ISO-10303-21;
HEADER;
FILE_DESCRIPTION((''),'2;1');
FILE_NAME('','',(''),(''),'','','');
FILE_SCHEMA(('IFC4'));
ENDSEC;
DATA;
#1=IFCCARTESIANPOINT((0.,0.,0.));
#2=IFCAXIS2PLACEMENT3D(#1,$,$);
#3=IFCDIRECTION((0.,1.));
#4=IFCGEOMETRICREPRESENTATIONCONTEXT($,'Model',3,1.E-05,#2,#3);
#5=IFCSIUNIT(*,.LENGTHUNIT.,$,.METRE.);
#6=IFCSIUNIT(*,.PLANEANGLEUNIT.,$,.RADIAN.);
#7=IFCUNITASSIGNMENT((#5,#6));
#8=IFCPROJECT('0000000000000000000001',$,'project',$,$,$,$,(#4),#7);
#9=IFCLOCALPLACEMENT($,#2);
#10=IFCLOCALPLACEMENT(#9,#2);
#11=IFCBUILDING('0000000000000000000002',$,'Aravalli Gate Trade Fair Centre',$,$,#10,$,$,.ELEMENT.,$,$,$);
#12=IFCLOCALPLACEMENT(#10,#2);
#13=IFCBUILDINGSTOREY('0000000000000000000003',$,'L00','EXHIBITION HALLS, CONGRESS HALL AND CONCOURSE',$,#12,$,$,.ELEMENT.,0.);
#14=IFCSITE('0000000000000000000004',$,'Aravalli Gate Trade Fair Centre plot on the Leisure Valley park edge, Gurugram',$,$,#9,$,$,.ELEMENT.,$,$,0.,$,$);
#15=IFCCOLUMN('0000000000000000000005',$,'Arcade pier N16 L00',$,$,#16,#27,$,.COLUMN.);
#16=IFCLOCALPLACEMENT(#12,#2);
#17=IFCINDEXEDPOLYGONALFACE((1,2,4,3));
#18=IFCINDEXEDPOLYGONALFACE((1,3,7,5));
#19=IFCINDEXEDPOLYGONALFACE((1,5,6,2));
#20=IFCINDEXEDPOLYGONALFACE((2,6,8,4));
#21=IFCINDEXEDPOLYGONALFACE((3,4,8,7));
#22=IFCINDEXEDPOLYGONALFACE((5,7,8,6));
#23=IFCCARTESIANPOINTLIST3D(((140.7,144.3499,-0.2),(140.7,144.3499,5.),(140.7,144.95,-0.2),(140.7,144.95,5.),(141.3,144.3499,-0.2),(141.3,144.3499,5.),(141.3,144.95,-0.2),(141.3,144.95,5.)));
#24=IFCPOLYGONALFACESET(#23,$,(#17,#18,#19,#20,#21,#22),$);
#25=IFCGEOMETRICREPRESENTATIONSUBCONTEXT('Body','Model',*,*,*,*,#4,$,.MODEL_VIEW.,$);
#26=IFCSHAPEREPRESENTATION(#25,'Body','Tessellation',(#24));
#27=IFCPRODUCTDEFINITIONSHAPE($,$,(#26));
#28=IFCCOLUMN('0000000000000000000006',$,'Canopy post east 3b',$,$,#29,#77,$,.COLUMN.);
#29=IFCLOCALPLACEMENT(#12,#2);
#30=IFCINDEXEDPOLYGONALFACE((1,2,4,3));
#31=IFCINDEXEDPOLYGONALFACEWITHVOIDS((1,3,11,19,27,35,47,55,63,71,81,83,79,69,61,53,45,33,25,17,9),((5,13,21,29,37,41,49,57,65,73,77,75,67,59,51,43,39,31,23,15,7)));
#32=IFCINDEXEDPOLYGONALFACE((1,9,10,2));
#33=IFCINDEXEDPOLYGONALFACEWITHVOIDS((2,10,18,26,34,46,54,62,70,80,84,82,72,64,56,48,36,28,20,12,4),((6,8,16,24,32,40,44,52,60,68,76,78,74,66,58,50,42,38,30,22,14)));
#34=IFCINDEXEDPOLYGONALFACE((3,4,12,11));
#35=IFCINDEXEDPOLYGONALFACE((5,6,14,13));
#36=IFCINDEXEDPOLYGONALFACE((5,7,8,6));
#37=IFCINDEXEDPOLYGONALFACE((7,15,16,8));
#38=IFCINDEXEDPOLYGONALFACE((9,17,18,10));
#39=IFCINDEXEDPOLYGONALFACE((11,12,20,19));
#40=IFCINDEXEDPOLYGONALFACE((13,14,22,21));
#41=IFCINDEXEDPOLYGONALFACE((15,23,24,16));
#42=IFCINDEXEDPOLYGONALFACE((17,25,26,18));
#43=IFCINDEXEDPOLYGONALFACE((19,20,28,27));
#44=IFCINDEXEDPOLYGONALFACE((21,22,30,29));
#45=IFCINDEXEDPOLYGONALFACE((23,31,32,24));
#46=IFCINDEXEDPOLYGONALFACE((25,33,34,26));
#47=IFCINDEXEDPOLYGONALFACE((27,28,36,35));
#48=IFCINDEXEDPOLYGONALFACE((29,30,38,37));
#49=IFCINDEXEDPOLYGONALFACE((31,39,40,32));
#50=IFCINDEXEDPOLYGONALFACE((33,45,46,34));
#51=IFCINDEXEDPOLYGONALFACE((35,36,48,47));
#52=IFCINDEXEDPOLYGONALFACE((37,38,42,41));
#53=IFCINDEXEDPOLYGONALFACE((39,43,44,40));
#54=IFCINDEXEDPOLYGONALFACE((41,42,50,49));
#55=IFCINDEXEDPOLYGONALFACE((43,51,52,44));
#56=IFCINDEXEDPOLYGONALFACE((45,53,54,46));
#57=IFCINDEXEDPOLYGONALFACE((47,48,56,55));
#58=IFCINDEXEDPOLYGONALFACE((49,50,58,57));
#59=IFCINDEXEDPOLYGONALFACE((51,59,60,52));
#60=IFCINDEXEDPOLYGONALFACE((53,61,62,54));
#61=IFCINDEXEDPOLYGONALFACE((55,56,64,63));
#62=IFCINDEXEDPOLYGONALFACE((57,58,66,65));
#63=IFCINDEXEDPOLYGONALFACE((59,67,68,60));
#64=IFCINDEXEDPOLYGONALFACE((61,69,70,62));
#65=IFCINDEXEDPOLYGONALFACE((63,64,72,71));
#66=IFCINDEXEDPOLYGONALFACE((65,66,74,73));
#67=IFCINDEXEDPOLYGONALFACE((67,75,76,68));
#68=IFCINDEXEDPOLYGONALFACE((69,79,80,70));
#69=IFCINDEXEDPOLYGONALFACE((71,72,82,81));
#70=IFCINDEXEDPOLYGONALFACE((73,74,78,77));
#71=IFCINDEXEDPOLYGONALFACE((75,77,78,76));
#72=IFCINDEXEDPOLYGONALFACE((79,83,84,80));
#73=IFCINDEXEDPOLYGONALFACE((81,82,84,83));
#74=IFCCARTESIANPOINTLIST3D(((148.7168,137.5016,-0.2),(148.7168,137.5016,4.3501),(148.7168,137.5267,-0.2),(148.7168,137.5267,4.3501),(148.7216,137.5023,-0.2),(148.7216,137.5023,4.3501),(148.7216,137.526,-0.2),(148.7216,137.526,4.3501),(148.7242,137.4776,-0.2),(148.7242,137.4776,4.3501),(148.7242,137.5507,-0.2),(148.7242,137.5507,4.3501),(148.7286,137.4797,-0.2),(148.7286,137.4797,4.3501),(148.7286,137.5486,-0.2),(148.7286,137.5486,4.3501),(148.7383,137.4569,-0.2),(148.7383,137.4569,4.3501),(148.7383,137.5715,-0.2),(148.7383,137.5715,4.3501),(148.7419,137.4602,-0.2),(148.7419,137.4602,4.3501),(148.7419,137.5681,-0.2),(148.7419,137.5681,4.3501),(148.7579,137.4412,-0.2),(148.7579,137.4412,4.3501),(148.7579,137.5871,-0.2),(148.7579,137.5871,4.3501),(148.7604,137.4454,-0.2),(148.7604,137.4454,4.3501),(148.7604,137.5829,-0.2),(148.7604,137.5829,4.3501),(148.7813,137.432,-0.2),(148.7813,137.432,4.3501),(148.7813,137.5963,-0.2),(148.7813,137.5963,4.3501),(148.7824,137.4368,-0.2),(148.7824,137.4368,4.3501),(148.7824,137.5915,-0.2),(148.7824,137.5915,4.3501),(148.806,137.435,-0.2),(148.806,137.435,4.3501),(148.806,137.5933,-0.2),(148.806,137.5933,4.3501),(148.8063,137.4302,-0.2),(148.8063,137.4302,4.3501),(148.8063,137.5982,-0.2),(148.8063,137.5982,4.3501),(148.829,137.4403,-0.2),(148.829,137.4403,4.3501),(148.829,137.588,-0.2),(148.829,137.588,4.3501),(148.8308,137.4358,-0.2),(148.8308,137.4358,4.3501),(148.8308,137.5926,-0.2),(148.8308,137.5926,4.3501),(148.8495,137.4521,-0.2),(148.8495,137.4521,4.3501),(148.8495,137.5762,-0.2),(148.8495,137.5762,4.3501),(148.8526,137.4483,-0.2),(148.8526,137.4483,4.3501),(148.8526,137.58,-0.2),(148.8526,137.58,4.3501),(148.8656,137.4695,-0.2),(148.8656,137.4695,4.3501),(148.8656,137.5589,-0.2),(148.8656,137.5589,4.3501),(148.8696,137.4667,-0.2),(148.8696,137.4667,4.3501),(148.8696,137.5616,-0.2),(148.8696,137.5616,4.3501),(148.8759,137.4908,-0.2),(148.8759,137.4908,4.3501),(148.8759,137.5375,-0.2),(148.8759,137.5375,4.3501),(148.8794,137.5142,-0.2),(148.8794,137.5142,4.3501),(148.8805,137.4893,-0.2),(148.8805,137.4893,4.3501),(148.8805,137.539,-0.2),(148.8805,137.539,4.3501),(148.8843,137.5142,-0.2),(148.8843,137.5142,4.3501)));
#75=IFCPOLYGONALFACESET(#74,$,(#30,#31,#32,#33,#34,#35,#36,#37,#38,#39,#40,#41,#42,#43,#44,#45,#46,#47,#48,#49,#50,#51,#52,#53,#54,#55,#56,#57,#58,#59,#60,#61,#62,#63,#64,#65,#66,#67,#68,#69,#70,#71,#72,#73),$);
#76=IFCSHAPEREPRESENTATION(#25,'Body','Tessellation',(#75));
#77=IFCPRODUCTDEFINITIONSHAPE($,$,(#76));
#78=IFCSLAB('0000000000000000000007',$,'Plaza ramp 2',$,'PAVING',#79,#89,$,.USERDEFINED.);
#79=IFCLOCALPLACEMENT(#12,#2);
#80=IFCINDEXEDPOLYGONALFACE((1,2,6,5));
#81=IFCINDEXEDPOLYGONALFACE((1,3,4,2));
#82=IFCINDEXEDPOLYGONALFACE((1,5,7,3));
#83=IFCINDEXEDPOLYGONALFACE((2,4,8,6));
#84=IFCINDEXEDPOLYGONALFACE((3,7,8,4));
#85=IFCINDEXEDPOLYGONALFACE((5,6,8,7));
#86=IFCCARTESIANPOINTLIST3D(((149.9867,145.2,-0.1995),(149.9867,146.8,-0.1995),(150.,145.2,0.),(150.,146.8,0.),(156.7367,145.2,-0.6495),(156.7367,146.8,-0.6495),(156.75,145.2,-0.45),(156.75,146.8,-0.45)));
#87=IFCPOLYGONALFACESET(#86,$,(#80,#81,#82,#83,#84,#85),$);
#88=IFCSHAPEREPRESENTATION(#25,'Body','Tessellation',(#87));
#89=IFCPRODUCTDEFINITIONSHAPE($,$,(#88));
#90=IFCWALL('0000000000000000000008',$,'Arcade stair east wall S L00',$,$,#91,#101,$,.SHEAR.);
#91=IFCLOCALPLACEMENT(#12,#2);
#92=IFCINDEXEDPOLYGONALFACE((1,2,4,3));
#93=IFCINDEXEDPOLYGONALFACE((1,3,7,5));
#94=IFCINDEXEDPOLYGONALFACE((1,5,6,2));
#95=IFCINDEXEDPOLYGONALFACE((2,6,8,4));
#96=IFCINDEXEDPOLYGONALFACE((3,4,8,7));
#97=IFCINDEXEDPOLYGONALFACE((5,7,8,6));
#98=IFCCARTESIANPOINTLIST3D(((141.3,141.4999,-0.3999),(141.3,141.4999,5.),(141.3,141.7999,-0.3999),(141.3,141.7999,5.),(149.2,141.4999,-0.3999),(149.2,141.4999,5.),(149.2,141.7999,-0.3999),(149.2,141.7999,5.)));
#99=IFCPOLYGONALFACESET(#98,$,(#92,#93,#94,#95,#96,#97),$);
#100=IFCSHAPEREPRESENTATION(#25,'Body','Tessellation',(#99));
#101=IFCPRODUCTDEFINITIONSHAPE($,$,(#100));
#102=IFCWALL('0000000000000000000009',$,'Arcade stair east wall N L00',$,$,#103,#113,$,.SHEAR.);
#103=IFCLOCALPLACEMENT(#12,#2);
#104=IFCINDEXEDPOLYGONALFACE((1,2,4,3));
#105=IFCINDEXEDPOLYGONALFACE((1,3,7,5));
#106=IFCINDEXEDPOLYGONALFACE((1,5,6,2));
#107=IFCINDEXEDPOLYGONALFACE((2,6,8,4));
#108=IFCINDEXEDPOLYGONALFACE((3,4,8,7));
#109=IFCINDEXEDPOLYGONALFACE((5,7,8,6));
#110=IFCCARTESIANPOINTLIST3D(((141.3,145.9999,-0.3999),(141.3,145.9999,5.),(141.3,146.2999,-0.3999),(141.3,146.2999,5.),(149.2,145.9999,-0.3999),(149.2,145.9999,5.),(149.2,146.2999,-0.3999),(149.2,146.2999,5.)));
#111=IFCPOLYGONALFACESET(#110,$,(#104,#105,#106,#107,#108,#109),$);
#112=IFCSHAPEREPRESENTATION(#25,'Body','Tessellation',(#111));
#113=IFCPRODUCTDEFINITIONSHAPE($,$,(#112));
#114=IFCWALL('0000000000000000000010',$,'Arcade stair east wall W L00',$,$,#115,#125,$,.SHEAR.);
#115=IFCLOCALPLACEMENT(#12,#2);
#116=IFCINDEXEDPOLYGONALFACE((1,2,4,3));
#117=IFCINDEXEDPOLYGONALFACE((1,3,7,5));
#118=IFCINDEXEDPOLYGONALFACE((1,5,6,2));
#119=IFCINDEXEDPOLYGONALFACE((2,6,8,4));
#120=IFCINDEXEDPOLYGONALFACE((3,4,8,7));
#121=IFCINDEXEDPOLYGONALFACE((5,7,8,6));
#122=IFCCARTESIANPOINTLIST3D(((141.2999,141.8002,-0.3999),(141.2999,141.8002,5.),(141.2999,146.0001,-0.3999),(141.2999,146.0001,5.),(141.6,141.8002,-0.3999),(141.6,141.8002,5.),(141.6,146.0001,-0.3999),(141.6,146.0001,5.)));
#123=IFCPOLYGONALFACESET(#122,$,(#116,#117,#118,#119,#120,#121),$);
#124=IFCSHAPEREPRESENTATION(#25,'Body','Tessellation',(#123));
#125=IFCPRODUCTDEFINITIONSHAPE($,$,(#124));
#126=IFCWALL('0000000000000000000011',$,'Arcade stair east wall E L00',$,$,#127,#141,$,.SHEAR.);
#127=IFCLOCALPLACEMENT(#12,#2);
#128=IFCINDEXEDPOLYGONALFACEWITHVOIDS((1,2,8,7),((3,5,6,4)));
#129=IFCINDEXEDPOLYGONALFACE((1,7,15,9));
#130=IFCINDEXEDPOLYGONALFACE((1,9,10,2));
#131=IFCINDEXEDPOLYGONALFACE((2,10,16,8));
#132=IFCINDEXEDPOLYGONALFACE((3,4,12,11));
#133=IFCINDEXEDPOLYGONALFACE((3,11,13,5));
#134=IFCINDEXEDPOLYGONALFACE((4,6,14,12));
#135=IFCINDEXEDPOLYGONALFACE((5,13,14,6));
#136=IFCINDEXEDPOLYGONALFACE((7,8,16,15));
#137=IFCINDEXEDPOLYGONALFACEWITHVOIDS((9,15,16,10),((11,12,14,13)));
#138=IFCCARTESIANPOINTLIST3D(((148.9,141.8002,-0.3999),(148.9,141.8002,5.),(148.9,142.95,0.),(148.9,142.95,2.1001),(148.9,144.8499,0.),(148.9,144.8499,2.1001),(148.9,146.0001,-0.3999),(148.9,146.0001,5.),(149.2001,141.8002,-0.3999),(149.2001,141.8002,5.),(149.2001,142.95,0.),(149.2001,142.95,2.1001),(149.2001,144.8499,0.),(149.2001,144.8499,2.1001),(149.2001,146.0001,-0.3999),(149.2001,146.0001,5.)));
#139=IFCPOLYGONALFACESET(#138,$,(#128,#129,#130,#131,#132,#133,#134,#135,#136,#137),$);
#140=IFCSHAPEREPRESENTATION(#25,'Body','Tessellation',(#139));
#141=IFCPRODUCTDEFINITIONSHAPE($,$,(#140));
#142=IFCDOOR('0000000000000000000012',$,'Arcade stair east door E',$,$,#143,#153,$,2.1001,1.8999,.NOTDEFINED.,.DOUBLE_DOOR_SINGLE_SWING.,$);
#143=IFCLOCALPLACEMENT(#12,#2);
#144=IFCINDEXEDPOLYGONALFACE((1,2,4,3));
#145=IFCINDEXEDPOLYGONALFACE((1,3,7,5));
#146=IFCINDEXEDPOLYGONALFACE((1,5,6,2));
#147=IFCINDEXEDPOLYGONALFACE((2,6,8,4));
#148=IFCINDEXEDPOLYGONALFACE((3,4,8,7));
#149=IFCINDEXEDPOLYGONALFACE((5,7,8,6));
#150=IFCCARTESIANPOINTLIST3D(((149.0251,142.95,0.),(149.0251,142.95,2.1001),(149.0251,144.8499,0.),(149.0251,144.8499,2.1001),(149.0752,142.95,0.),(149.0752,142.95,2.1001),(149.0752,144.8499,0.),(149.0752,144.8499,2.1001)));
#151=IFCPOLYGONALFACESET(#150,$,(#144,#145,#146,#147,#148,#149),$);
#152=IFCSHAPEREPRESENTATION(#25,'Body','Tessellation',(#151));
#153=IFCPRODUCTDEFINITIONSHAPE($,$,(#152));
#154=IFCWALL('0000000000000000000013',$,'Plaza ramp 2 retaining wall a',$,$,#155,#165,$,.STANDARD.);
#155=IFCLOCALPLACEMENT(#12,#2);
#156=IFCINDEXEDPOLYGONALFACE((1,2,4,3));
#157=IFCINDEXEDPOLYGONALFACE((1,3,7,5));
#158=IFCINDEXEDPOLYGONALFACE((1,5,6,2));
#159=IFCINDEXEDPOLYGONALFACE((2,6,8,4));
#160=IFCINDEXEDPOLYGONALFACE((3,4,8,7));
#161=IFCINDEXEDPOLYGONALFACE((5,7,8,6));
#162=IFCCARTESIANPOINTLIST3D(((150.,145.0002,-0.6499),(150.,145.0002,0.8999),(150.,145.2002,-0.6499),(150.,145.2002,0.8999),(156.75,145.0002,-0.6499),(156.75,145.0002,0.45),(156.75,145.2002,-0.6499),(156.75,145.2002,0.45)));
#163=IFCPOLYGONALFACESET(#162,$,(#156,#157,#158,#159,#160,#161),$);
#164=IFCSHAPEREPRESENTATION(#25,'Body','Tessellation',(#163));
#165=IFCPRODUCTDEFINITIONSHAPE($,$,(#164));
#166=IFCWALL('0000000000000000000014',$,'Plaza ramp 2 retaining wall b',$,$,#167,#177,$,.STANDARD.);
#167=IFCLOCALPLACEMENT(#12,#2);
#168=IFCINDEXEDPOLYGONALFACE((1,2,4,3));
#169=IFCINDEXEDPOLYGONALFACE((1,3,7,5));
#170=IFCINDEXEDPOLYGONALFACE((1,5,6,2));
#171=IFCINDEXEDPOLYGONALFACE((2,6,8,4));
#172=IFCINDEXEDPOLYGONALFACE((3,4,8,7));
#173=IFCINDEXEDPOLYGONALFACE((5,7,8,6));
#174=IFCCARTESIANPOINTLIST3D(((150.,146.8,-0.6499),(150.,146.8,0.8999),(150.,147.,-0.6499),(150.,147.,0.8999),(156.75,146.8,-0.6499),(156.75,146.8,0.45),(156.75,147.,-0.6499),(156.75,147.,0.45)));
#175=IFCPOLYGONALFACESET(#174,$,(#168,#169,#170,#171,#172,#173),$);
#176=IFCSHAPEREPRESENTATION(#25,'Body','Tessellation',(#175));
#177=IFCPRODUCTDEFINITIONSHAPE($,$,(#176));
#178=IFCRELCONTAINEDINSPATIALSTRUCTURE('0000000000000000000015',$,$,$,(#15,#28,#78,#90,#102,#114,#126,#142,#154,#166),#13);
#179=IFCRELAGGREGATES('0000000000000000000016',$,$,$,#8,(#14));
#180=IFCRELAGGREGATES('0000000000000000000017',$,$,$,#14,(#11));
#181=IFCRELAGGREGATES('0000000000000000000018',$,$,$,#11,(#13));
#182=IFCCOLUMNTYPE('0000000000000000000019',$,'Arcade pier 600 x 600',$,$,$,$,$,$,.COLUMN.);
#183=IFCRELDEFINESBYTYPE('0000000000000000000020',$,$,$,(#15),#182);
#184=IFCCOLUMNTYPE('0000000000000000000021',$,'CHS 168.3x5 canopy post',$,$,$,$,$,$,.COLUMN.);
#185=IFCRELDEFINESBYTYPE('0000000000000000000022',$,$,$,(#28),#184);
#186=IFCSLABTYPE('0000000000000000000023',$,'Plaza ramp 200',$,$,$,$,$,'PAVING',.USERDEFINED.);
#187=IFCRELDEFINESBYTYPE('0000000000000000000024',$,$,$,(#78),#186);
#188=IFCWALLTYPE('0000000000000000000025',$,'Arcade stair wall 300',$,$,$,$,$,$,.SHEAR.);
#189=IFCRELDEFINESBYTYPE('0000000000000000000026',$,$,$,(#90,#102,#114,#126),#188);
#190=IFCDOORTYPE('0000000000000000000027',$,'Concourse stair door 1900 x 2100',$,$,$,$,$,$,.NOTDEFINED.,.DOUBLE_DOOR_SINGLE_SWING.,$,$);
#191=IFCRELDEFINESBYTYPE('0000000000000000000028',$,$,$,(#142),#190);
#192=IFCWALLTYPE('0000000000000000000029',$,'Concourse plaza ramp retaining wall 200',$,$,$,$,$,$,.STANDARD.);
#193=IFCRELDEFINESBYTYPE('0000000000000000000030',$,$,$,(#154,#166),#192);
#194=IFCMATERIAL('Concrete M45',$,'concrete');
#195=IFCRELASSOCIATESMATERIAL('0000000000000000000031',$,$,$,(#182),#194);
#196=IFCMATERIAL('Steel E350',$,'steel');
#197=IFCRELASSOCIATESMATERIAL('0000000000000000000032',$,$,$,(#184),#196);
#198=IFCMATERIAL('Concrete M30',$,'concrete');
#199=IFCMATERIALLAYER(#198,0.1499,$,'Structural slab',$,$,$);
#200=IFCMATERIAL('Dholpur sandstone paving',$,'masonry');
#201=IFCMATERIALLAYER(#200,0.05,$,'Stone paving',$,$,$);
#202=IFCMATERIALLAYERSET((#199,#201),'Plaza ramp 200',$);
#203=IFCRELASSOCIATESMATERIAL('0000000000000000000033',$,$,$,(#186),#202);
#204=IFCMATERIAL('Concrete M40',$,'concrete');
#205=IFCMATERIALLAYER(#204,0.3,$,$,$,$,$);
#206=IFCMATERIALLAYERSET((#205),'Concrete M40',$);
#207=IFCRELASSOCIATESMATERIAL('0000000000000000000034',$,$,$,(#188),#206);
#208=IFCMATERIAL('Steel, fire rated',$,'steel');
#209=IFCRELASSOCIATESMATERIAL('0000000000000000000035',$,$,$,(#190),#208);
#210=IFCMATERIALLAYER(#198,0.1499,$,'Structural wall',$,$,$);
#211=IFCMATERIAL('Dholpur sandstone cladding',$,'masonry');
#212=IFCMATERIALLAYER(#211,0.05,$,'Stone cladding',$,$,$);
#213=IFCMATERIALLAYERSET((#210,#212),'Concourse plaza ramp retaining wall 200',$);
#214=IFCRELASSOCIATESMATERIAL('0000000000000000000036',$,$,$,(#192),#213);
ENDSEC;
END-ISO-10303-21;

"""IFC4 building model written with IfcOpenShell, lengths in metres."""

from ifc_helpers import new_model, si_unit, direction, frame, frame_2d, origin, origin_2d, place, context, subcontext, project, spatial, polyline, rectangle, hollow_circle, outline, extrude, material, layer, layer_set, material_profile, profile_set, type_object, element, fill, save


model = new_model("IFC4")

# Units and contexts
model_context = context("Model", 3, precision=1e-05, world=origin(), true_north=direction((0.0, 1.0)))
body_context = subcontext(model_context, "Body", "Model", "MODEL_VIEW")
ifc_project = project(units=[si_unit("LENGTHUNIT", "METRE"), si_unit("PLANEANGLEUNIT", "RADIAN")], contexts=[model_context])

# Site, building, storey
site_placement = place(None, origin())
site = spatial("IfcSite", under=ifc_project, at=site_placement, Name="Aravalli Gate Trade Fair Centre plot on the Leisure Valley park edge, Gurugram", CompositionType="ELEMENT", RefElevation=0.0)
building_placement = place(site_placement, origin())
building = spatial("IfcBuilding", under=site, at=building_placement, Name="Aravalli Gate Trade Fair Centre", CompositionType="ELEMENT")
storey_placement = place(building_placement, origin())
storey = spatial("IfcBuildingStorey", under=building, at=storey_placement, Name="L00", Description="EXHIBITION HALLS, CONGRESS HALL AND CONCOURSE", CompositionType="ELEMENT", Elevation=0.0)

# Columns
ifc_material_1 = material(Name="Concrete M45", Category="concrete")
ifc_material_profile_1 = material_profile(ifc_material_1, rectangle(XDim=0.6001, YDim=0.6001, at=origin_2d()), Name="Arcade pier 600 x 600")
ifc_profile_set_1 = profile_set([ifc_material_profile_1], Name="Concrete M45")
column_type_1 = type_object("IfcColumnType", Name="Arcade pier 600 x 600", PredefinedType="COLUMN", material=ifc_profile_set_1)
column_1_placement = place(storey_placement, frame((141.0, 144.6499, -0.2), z_axis=(0.0, 0.0, 1.0), x_axis=(1.0, 0.0, 0.0)))
element("IfcColumn", 1, at=column_1_placement, inside=storey, type_object=column_type_1, Name="Arcade pier N16 L00", PredefinedType="COLUMN", context=body_context, shape_type="SweptSolid", body=[
    extrude(rectangle(XDim=0.6001, YDim=0.6001, at=origin_2d()), origin(), (0.0, 0.0, 1.0), 5.2),
])
ifc_material_2 = material(Name="Steel E350", Category="steel")
ifc_material_profile_2 = material_profile(ifc_material_2, hollow_circle(Radius=0.0842, WallThickness=0.0049, at=origin_2d()), Name="CHS 168.3x5")
ifc_profile_set_2 = profile_set([ifc_material_profile_2], Name="Steel E350")
column_type_2 = type_object("IfcColumnType", Name="CHS 168.3x5 canopy post", PredefinedType="COLUMN", material=ifc_profile_set_2)
column_2_placement = place(storey_placement, frame((148.8, 137.5142, -0.2), z_axis=(0.0, 0.0, 1.0), x_axis=(1.0, 0.0, 0.0)))
element("IfcColumn", 2, at=column_2_placement, inside=storey, type_object=column_type_2, Name="Canopy post east 3b", PredefinedType="COLUMN", context=body_context, shape_type="SweptSolid", body=[
    extrude(hollow_circle(Radius=0.0842, WallThickness=0.0049, at=origin_2d()), origin(), (0.0, 0.0, 1.0), 4.55),
])

# Slab
ifc_material_3 = material(Name="Concrete M30", Category="concrete")
ifc_layer_1 = layer(ifc_material_3, 0.1499, Name="Structural slab")
ifc_material_4 = material(Name="Dholpur sandstone paving", Category="masonry")
ifc_layer_2 = layer(ifc_material_4, 0.05, Name="Stone paving")
ifc_layer_set_1 = layer_set([ifc_layer_1, ifc_layer_2], Name="Plaza ramp 200")
slab_type = type_object("IfcSlabType", Name="Plaza ramp 200", ElementType="PAVING", PredefinedType="USERDEFINED", material=ifc_layer_set_1)
slab_placement = place(storey_placement, frame((150.0, 145.2, 0.0), z_axis=(0.066512, 0.0, 0.997786), x_axis=(0.0, 1.0, 0.0)))
element("IfcSlab", 3, at=slab_placement, inside=storey, type_object=slab_type, Name="Plaza ramp 2", ObjectType="PAVING", PredefinedType="USERDEFINED", context=body_context, shape_type="SweptSolid", body=[
    extrude(outline(polyline([(0.0, 0.0), (1.6001, 0.0), (1.6001, -6.765), (0.0, -6.765), (0.0, 0.0)])), origin(), (0.0, 0.0, -1.0), 0.2),
])

# Walls
ifc_material_5 = material(Name="Concrete M40", Category="concrete")
ifc_layer_3 = layer(ifc_material_5, 0.3)
ifc_layer_set_2 = layer_set([ifc_layer_3], Name="Concrete M40")
wall_type_1 = type_object("IfcWallType", Name="Arcade stair wall 300", PredefinedType="SHEAR", material=ifc_layer_set_2)
for number, where, z_axis, x_axis, name in (
    (4, (141.3, 141.6499, -0.3999), (0.0, 0.0, 1.0), (1.0, 0.0, 0.0), "Arcade stair east wall S L00"),
    (5, (141.3, 146.1499, -0.3999), (0.0, 0.0, 1.0), (1.0, 0.0, 0.0), "Arcade stair east wall N L00"),
):
    element("IfcWall", number, at=place(storey_placement, frame(where, z_axis=z_axis, x_axis=x_axis)), inside=storey, type_object=wall_type_1, Name=name, PredefinedType="SHEAR", context=body_context, shape_type="SweptSolid", body=[
        extrude(rectangle(XDim=7.8999, YDim=0.3, at=frame_2d((3.95, 0.0))), origin(), (0.0, 0.0, 1.0), 5.3999),
    ])
wall_1_placement = place(storey_placement, frame((141.45, 141.8, -0.3999), z_axis=(0.0, 0.0, 1.0), x_axis=(0.0, 1.0, 0.0)))
element("IfcWall", 6, at=wall_1_placement, inside=storey, type_object=wall_type_1, Name="Arcade stair east wall W L00", PredefinedType="SHEAR", context=body_context, shape_type="SweptSolid", body=[
    extrude(rectangle(XDim=4.2, YDim=0.3, at=frame_2d((2.1001, 0.0))), origin(), (0.0, 0.0, 1.0), 5.3999),
])

# Wall, opening, door
wall_2_placement = place(storey_placement, frame((149.05, 141.8, -0.3999), z_axis=(0.0, 0.0, 1.0), x_axis=(0.0, 1.0, 0.0)))
wall_2 = element("IfcWall", 7, at=wall_2_placement, inside=storey, type_object=wall_type_1, Name="Arcade stair east wall E L00", PredefinedType="SHEAR", context=body_context, shape_type="SweptSolid", body=[
    extrude(rectangle(XDim=4.2, YDim=0.3, at=frame_2d((2.1001, 0.0))), origin(), (0.0, 0.0, 1.0), 5.3999),
])
opening_placement = place(wall_2_placement, frame((1.1499, 0.0, 0.3999)))
opening = element("IfcOpeningElement", 8, at=opening_placement, cuts=wall_2, PredefinedType="OPENING", context=body_context, shape_type="SweptSolid", body=[
    extrude(rectangle(XDim=1.8999, YDim=2.1001, at=frame_2d((0.95, 1.05))), frame((0.0, 0.1599, 0.0), z_axis=(0.0, -1.0, 0.0), x_axis=(1.0, 0.0, 0.0)), (0.0, 0.0, 1.0), 0.3201),
])
ifc_material_6 = material(Name="Steel, fire rated", Category="steel")
door_type = type_object("IfcDoorType", Name="Concourse stair door 1900 x 2100", OperationType="DOUBLE_DOOR_SINGLE_SWING", PredefinedType="NOTDEFINED", material=ifc_material_6)
door_placement = place(opening_placement, origin())
door = element("IfcDoor", 9, at=door_placement, inside=storey, type_object=door_type, Name="Arcade stair east door E", OperationType="DOUBLE_DOOR_SINGLE_SWING", OverallHeight=2.1001, OverallWidth=1.8999, PredefinedType="NOTDEFINED", context=body_context, shape_type="SweptSolid", body=[
    extrude(rectangle(XDim=1.8999, YDim=2.1001, at=frame_2d((0.95, 1.05))), frame((0.0, 0.0249, 0.0), z_axis=(0.0, -1.0, 0.0), x_axis=(1.0, 0.0, 0.0)), (0.0, 0.0, 1.0), 0.05),
])
fill(opening, door)

# Walls
ifc_layer_4 = layer(ifc_material_3, 0.1499, Name="Structural wall")
ifc_material_7 = material(Name="Dholpur sandstone cladding", Category="masonry")
ifc_layer_5 = layer(ifc_material_7, 0.05, Name="Stone cladding")
ifc_layer_set_3 = layer_set([ifc_layer_4, ifc_layer_5], Name="Concourse plaza ramp retaining wall 200")
wall_type_2 = type_object("IfcWallType", Name="Concourse plaza ramp retaining wall 200", PredefinedType="STANDARD", material=ifc_layer_set_3)
for number, where, z_axis, x_axis, name in (
    (10, (150.0, 145.1001, -0.6499), (0.0, 0.0, 1.0), (1.0, 0.0, 0.0), "Plaza ramp 2 retaining wall a"),
    (11, (150.0, 146.8999, -0.6499), (0.0, 0.0, 1.0), (1.0, 0.0, 0.0), "Plaza ramp 2 retaining wall b"),
):
    element("IfcWall", number, at=place(storey_placement, frame(where, z_axis=z_axis, x_axis=x_axis)), inside=storey, type_object=wall_type_2, Name=name, PredefinedType="STANDARD", context=body_context, shape_type="SweptSolid", body=[
        extrude(outline(polyline([(0.0, 0.0), (6.75, 0.0), (6.75, 1.0999), (0.0, 1.5498), (0.0, 0.0)])), frame((0.0, 0.1001, 0.0), z_axis=(0.0, -1.0, 0.0), x_axis=(1.0, 0.0, 0.0)), (0.0, 0.0, 1.0), 0.2),
    ])

save(model, "model.ifc")
